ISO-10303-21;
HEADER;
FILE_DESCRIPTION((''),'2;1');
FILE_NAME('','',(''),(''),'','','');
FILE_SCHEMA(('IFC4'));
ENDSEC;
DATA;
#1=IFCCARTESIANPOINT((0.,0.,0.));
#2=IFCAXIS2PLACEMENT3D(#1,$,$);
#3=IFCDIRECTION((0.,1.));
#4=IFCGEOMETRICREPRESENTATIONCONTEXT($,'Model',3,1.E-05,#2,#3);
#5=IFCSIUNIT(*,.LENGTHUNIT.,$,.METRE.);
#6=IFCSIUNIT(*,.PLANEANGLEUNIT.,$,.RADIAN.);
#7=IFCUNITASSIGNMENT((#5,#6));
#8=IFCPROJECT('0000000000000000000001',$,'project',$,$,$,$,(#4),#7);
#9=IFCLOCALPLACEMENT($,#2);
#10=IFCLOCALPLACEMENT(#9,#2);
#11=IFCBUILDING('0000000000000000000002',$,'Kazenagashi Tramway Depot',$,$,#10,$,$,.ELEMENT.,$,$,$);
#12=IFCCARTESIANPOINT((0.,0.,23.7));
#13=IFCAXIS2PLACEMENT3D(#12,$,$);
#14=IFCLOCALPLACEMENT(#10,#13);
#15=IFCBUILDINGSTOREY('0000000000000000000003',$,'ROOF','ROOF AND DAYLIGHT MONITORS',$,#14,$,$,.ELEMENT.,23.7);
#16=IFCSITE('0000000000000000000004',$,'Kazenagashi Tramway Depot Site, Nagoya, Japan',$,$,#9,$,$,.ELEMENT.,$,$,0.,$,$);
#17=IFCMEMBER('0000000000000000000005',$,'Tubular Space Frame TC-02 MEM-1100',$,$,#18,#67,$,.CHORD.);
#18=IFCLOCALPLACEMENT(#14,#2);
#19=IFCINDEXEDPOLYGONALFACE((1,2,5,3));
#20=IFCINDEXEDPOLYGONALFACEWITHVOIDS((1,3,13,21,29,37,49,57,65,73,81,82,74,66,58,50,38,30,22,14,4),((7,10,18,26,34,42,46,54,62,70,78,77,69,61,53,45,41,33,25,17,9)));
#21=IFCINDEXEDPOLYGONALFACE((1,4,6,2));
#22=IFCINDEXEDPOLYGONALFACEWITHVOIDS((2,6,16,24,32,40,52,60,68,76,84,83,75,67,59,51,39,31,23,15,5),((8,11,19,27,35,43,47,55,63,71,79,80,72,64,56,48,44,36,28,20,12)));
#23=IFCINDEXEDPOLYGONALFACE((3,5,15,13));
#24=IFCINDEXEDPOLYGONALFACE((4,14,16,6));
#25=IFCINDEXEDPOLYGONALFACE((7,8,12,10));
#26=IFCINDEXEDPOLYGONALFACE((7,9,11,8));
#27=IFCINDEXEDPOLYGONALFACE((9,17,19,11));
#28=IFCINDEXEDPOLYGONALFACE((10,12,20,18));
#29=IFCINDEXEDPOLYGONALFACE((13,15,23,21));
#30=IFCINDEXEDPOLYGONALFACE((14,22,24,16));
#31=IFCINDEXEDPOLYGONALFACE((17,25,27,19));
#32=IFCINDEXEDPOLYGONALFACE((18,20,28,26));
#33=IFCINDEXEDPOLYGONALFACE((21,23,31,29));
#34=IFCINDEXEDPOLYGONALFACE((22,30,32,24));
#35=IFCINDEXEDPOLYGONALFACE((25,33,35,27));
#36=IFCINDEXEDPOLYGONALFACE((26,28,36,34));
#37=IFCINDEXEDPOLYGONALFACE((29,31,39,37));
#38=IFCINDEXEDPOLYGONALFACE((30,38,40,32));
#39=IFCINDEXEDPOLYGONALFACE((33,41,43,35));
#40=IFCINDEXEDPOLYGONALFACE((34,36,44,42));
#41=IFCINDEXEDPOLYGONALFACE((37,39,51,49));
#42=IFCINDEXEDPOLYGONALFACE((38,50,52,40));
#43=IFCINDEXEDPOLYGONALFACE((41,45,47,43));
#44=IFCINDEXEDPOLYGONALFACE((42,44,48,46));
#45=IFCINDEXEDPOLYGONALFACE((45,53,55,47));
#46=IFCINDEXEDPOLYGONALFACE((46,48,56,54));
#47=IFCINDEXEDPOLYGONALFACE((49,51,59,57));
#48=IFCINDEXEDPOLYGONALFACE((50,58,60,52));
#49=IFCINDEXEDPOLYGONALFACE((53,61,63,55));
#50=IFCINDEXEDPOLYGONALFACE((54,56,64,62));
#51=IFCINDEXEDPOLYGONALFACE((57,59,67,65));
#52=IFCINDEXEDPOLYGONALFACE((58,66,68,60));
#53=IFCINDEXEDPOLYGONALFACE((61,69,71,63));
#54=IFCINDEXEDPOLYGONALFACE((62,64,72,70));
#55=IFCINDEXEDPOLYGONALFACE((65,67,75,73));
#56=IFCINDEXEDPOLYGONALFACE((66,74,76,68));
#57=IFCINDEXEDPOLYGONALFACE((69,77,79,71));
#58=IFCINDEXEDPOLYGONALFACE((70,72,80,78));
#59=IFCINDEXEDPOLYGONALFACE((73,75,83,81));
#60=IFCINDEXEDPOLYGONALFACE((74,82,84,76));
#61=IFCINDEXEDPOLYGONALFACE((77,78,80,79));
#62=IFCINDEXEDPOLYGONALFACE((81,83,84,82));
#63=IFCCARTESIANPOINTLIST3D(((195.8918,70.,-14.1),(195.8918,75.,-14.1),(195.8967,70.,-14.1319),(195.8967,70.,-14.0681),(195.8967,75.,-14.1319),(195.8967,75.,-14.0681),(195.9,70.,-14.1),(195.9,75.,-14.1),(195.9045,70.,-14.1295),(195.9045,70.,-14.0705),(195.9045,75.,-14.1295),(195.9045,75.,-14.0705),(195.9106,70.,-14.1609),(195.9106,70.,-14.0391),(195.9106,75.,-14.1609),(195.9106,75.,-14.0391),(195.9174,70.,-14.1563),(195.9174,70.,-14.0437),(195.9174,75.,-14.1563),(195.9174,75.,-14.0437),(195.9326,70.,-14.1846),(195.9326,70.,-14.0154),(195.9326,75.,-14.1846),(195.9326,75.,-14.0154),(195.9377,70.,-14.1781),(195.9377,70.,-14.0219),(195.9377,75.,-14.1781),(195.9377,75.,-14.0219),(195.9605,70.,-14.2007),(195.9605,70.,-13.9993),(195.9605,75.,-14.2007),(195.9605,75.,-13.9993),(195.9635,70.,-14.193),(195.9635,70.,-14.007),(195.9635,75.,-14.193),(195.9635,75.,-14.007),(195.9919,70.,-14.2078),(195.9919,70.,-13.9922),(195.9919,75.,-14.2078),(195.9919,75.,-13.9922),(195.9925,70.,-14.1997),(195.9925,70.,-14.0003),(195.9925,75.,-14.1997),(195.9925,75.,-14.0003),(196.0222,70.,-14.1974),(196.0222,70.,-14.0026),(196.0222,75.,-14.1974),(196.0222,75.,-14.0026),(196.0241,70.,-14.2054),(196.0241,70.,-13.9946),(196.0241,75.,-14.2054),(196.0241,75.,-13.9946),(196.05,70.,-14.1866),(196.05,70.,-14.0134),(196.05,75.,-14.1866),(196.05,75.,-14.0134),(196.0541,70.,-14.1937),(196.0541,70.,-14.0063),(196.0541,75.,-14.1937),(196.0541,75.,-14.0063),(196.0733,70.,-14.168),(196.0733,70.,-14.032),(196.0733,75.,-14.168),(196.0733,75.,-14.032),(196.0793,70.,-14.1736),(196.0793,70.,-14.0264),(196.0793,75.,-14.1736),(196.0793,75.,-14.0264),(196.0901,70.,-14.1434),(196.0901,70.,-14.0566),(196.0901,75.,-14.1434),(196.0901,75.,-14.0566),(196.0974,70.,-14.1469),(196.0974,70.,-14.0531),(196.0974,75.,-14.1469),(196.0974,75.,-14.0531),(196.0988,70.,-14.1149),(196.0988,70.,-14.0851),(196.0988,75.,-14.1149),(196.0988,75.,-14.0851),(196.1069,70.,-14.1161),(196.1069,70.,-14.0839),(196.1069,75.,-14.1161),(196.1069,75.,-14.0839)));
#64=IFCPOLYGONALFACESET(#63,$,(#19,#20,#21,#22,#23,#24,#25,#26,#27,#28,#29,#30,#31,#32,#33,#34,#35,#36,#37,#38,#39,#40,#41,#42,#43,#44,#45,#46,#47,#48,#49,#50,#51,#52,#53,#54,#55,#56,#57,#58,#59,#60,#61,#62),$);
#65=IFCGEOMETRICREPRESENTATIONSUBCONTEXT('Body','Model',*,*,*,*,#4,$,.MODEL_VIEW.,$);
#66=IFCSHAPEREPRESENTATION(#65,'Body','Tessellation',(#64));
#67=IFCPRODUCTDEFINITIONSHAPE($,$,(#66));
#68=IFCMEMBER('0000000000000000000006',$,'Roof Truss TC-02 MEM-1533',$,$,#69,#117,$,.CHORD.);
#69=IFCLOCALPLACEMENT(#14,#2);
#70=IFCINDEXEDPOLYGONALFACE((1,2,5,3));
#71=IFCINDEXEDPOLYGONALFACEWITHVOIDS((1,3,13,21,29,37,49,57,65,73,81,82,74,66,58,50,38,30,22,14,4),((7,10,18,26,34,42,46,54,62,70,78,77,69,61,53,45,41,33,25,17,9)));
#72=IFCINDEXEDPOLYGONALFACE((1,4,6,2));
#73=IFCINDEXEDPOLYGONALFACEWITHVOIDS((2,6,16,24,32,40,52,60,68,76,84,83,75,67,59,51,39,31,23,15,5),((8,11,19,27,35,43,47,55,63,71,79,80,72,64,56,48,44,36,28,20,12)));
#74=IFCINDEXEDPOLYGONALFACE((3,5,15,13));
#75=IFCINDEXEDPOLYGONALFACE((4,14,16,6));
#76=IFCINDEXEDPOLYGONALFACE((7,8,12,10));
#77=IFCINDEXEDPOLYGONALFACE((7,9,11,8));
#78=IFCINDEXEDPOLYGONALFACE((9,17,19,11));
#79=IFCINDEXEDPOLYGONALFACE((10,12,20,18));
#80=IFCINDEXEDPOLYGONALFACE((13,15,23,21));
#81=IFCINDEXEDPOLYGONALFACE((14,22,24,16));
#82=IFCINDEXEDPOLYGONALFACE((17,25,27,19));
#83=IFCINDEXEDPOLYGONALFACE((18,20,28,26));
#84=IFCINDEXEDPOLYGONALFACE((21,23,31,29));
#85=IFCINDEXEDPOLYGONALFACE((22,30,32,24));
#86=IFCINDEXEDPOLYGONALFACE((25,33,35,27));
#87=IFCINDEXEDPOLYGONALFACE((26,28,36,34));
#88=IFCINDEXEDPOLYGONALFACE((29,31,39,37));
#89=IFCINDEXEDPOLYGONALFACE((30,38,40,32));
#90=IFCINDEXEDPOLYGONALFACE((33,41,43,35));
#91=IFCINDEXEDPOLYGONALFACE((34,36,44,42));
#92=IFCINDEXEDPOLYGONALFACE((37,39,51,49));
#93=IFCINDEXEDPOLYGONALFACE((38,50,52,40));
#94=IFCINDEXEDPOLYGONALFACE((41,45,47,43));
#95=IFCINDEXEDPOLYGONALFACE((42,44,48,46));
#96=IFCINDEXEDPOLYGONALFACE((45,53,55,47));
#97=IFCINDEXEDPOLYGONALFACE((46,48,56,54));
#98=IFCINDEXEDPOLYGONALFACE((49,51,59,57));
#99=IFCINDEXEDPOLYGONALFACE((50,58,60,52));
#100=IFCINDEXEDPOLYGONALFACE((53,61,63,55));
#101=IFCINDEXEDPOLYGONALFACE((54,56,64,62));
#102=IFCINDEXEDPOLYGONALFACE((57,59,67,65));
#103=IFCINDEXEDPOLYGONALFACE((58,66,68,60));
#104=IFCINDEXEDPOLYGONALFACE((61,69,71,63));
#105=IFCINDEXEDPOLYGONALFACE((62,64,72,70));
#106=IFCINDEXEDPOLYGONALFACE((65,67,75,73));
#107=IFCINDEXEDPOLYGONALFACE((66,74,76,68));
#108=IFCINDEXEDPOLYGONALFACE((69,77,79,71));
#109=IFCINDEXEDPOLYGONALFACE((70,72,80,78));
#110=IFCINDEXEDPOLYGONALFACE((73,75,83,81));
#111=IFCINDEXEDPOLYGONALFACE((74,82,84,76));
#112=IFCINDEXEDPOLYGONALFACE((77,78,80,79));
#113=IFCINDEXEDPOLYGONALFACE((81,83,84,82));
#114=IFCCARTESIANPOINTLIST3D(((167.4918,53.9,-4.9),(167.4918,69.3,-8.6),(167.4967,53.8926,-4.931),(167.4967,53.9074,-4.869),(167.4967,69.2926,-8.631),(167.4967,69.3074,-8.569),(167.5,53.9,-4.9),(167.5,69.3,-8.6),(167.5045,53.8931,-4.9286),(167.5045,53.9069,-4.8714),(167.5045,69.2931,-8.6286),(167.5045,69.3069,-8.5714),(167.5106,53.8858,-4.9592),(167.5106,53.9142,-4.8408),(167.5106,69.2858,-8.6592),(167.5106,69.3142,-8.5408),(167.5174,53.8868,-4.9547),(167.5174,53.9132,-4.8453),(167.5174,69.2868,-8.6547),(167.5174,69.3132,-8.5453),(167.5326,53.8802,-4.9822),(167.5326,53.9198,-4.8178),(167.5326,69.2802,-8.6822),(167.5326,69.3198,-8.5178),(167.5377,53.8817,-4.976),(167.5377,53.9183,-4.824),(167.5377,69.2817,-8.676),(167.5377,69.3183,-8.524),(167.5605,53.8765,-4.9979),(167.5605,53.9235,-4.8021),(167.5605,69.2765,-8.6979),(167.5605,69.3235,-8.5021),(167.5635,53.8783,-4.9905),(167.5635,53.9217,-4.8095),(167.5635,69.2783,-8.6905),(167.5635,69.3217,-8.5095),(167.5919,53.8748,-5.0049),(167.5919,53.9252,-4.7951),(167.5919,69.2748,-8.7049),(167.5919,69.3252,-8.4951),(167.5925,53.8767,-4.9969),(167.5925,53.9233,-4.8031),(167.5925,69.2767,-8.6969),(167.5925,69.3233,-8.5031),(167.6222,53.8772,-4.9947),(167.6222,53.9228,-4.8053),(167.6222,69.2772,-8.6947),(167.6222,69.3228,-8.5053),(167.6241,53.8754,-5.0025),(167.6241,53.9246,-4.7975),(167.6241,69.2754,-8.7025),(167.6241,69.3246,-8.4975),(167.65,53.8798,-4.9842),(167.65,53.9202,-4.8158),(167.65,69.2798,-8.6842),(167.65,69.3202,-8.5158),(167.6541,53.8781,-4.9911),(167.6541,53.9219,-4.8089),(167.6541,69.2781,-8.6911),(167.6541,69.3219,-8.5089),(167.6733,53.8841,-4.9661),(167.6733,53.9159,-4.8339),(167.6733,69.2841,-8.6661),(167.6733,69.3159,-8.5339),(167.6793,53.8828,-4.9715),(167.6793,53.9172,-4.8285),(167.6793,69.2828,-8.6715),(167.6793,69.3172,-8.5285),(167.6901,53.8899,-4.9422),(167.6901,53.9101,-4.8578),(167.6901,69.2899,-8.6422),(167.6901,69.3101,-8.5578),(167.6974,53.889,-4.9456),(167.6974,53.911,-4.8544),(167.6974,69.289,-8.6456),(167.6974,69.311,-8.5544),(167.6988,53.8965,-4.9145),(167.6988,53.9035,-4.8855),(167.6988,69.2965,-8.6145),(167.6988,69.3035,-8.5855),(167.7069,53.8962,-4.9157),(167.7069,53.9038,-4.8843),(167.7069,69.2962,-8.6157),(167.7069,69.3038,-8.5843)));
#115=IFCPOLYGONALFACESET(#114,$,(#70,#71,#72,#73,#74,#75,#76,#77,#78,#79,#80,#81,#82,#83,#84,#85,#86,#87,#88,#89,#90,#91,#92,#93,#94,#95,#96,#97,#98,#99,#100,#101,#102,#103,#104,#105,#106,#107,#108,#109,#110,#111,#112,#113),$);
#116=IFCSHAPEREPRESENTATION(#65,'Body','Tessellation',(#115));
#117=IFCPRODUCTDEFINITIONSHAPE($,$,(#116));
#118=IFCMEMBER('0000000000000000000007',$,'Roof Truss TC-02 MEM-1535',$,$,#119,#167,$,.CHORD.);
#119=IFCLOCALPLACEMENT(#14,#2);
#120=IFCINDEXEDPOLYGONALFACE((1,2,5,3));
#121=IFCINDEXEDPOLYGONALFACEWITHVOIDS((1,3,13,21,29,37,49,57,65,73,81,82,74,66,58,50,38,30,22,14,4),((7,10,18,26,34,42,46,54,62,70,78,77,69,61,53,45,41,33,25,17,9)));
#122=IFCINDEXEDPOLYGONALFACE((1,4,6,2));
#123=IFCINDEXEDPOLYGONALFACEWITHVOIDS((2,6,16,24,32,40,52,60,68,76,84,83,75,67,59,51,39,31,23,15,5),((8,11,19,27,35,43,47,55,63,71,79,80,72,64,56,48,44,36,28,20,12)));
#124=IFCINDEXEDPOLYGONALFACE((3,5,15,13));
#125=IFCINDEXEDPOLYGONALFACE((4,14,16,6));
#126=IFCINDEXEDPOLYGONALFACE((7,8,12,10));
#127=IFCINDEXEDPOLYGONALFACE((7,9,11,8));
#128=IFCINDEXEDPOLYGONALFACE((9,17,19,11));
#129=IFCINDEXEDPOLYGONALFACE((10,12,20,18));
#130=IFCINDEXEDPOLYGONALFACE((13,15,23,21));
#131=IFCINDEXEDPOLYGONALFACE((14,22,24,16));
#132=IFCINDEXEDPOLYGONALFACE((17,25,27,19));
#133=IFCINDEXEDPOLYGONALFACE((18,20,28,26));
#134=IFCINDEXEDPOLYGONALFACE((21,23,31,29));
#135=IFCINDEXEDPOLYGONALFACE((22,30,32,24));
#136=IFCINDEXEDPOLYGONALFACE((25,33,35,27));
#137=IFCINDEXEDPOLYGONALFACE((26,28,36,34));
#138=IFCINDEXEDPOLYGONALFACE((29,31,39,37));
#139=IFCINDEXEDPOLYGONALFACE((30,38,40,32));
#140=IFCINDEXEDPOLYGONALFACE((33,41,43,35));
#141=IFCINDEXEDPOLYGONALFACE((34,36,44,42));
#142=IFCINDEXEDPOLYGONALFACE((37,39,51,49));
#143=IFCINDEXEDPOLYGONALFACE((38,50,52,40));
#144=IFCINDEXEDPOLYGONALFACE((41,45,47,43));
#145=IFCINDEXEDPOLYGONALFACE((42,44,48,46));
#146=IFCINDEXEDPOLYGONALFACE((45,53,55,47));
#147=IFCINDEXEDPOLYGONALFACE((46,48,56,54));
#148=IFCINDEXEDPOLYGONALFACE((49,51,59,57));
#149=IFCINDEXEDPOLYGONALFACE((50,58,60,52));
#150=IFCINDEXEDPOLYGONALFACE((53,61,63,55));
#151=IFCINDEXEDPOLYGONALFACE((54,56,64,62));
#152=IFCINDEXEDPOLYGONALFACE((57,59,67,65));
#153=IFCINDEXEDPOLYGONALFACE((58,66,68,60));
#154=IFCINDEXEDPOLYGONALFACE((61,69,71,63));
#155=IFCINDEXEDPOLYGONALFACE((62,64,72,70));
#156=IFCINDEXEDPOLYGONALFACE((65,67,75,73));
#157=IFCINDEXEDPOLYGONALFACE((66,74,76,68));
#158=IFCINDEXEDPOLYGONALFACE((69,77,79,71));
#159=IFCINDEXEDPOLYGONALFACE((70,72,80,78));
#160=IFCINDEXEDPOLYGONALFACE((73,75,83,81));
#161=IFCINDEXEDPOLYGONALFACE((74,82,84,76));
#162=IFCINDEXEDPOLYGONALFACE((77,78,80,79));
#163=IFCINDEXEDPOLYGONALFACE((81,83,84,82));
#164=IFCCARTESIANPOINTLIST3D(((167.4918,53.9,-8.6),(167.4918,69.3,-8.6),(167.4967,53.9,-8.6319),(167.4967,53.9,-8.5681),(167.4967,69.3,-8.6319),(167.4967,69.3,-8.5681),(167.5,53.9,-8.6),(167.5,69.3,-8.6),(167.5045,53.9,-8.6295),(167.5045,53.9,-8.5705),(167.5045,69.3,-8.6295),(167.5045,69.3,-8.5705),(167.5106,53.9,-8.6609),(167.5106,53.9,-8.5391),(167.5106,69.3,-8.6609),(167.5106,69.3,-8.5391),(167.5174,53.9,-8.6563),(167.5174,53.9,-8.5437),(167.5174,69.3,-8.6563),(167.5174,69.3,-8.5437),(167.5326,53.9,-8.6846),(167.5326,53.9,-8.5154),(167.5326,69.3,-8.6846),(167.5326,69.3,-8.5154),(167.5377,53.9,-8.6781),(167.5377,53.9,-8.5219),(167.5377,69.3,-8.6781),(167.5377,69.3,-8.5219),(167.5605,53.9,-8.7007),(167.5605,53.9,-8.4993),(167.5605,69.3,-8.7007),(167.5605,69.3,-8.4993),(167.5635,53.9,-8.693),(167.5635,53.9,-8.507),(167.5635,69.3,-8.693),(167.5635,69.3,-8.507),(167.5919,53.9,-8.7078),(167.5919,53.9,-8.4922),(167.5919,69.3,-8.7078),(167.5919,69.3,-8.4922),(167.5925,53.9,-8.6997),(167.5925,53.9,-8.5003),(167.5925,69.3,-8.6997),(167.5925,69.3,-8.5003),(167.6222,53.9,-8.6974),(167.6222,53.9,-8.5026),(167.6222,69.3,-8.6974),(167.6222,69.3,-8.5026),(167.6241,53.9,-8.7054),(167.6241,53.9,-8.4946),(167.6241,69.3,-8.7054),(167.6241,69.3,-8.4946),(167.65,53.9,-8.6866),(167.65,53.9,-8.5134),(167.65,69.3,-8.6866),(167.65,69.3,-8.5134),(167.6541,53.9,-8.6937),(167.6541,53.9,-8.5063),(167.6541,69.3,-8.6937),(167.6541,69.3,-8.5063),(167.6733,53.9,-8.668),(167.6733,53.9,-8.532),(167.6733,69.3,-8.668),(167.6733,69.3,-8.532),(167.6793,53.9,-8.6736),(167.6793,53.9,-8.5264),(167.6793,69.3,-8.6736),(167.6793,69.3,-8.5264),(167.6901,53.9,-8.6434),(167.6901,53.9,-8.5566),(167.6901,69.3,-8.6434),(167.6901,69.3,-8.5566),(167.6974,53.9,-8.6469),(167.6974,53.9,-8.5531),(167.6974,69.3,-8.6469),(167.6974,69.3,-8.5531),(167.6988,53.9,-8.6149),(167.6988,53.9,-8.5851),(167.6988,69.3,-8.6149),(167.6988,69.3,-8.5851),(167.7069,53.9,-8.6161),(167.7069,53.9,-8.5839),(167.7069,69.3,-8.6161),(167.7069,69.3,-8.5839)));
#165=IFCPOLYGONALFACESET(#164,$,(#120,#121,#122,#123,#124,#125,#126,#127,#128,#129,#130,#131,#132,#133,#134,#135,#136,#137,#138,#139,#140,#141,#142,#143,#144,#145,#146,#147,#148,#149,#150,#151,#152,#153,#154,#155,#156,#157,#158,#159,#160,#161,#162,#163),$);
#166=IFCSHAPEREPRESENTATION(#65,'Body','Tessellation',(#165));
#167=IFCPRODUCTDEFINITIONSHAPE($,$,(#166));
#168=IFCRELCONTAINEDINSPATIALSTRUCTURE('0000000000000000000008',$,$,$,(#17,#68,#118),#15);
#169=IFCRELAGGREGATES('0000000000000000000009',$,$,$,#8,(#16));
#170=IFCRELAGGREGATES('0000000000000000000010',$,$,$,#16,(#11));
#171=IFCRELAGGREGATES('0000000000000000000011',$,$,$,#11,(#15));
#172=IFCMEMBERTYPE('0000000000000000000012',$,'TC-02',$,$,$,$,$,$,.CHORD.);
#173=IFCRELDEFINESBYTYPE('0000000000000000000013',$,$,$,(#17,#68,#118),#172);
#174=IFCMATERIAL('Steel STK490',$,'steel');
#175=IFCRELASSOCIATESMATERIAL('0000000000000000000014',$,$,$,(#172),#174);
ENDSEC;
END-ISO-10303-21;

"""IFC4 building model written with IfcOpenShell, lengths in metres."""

from ifc_helpers import new_model, si_unit, direction, frame, origin, origin_2d, place, context, subcontext, project, spatial, hollow_circle, extrude, material, material_profile, profile_set, type_object, element, save


model = new_model("IFC4")

# Units and contexts
model_context = context("Model", 3, precision=1e-05, world=origin(), true_north=direction((0.0, 1.0)))
body_context = subcontext(model_context, "Body", "Model", "MODEL_VIEW")
ifc_project = project(units=[si_unit("LENGTHUNIT", "METRE"), si_unit("PLANEANGLEUNIT", "RADIAN")], contexts=[model_context])

# Site, building, storey
site_placement = place(None, origin())
site = spatial("IfcSite", under=ifc_project, at=site_placement, Name="Kazenagashi Tramway Depot Site, Nagoya, Japan", CompositionType="ELEMENT", RefElevation=0.0)
building_placement = place(site_placement, origin())
building = spatial("IfcBuilding", under=site, at=building_placement, Name="Kazenagashi Tramway Depot", CompositionType="ELEMENT")
storey_placement = place(building_placement, frame((0.0, 0.0, 23.7)))
storey = spatial("IfcBuildingStorey", under=building, at=storey_placement, Name="ROOF", Description="ROOF AND DAYLIGHT MONITORS", CompositionType="ELEMENT", Elevation=23.7)

# Members
ifc_material_1 = material(Name="Steel STK490", Category="steel")
ifc_material_profile_1 = material_profile(ifc_material_1, hollow_circle(Radius=0.1081, WallThickness=0.0082, at=origin_2d()), Name="CHS-216.3x8.2")
ifc_profile_set_1 = profile_set([ifc_material_profile_1], Name="Steel STK490")
member_type_1 = type_object("IfcMemberType", Name="TC-02", PredefinedType="CHORD", material=ifc_profile_set_1)
for number, where, z_axis, x_axis, name in (
    (1, (196.0, 70.0, -14.1), (0.0, 1.0, 0.0), (-1.0, 0.0, 0.0), "Tubular Space Frame TC-02 MEM-1100"),
):
    element("IfcMember", number, at=place(storey_placement, frame(where, z_axis=z_axis, x_axis=x_axis)), inside=storey, type_object=member_type_1, Name=name, PredefinedType="CHORD", context=body_context, shape_type="SweptSolid", body=[
        extrude(hollow_circle(Radius=0.1081, WallThickness=0.0082, at=origin_2d()), origin(), (0.0, 0.0, 1.0), 5.0),
    ])
member_1_placement = place(storey_placement, frame((167.6, 53.9, -4.9), z_axis=(0.0, 0.97233, -0.233612), x_axis=(-1.0, 0.0, 0.0)))
element("IfcMember", 2, at=member_1_placement, inside=storey, type_object=member_type_1, Name="Roof Truss TC-02 MEM-1533", PredefinedType="CHORD", context=body_context, shape_type="SweptSolid", body=[
    extrude(hollow_circle(Radius=0.1081, WallThickness=0.0082, at=origin_2d()), origin(), (0.0, 0.0, 1.0), 15.8382),
])
member_2_placement = place(storey_placement, frame((167.6, 53.9, -8.6), z_axis=(0.0, 1.0, 0.0), x_axis=(-1.0, 0.0, 0.0)))
element("IfcMember", 3, at=member_2_placement, inside=storey, type_object=member_type_1, Name="Roof Truss TC-02 MEM-1535", PredefinedType="CHORD", context=body_context, shape_type="SweptSolid", body=[
    extrude(hollow_circle(Radius=0.1081, WallThickness=0.0082, at=origin_2d()), origin(), (0.0, 0.0, 1.0), 15.4),
])

save(model, "model.ifc")
